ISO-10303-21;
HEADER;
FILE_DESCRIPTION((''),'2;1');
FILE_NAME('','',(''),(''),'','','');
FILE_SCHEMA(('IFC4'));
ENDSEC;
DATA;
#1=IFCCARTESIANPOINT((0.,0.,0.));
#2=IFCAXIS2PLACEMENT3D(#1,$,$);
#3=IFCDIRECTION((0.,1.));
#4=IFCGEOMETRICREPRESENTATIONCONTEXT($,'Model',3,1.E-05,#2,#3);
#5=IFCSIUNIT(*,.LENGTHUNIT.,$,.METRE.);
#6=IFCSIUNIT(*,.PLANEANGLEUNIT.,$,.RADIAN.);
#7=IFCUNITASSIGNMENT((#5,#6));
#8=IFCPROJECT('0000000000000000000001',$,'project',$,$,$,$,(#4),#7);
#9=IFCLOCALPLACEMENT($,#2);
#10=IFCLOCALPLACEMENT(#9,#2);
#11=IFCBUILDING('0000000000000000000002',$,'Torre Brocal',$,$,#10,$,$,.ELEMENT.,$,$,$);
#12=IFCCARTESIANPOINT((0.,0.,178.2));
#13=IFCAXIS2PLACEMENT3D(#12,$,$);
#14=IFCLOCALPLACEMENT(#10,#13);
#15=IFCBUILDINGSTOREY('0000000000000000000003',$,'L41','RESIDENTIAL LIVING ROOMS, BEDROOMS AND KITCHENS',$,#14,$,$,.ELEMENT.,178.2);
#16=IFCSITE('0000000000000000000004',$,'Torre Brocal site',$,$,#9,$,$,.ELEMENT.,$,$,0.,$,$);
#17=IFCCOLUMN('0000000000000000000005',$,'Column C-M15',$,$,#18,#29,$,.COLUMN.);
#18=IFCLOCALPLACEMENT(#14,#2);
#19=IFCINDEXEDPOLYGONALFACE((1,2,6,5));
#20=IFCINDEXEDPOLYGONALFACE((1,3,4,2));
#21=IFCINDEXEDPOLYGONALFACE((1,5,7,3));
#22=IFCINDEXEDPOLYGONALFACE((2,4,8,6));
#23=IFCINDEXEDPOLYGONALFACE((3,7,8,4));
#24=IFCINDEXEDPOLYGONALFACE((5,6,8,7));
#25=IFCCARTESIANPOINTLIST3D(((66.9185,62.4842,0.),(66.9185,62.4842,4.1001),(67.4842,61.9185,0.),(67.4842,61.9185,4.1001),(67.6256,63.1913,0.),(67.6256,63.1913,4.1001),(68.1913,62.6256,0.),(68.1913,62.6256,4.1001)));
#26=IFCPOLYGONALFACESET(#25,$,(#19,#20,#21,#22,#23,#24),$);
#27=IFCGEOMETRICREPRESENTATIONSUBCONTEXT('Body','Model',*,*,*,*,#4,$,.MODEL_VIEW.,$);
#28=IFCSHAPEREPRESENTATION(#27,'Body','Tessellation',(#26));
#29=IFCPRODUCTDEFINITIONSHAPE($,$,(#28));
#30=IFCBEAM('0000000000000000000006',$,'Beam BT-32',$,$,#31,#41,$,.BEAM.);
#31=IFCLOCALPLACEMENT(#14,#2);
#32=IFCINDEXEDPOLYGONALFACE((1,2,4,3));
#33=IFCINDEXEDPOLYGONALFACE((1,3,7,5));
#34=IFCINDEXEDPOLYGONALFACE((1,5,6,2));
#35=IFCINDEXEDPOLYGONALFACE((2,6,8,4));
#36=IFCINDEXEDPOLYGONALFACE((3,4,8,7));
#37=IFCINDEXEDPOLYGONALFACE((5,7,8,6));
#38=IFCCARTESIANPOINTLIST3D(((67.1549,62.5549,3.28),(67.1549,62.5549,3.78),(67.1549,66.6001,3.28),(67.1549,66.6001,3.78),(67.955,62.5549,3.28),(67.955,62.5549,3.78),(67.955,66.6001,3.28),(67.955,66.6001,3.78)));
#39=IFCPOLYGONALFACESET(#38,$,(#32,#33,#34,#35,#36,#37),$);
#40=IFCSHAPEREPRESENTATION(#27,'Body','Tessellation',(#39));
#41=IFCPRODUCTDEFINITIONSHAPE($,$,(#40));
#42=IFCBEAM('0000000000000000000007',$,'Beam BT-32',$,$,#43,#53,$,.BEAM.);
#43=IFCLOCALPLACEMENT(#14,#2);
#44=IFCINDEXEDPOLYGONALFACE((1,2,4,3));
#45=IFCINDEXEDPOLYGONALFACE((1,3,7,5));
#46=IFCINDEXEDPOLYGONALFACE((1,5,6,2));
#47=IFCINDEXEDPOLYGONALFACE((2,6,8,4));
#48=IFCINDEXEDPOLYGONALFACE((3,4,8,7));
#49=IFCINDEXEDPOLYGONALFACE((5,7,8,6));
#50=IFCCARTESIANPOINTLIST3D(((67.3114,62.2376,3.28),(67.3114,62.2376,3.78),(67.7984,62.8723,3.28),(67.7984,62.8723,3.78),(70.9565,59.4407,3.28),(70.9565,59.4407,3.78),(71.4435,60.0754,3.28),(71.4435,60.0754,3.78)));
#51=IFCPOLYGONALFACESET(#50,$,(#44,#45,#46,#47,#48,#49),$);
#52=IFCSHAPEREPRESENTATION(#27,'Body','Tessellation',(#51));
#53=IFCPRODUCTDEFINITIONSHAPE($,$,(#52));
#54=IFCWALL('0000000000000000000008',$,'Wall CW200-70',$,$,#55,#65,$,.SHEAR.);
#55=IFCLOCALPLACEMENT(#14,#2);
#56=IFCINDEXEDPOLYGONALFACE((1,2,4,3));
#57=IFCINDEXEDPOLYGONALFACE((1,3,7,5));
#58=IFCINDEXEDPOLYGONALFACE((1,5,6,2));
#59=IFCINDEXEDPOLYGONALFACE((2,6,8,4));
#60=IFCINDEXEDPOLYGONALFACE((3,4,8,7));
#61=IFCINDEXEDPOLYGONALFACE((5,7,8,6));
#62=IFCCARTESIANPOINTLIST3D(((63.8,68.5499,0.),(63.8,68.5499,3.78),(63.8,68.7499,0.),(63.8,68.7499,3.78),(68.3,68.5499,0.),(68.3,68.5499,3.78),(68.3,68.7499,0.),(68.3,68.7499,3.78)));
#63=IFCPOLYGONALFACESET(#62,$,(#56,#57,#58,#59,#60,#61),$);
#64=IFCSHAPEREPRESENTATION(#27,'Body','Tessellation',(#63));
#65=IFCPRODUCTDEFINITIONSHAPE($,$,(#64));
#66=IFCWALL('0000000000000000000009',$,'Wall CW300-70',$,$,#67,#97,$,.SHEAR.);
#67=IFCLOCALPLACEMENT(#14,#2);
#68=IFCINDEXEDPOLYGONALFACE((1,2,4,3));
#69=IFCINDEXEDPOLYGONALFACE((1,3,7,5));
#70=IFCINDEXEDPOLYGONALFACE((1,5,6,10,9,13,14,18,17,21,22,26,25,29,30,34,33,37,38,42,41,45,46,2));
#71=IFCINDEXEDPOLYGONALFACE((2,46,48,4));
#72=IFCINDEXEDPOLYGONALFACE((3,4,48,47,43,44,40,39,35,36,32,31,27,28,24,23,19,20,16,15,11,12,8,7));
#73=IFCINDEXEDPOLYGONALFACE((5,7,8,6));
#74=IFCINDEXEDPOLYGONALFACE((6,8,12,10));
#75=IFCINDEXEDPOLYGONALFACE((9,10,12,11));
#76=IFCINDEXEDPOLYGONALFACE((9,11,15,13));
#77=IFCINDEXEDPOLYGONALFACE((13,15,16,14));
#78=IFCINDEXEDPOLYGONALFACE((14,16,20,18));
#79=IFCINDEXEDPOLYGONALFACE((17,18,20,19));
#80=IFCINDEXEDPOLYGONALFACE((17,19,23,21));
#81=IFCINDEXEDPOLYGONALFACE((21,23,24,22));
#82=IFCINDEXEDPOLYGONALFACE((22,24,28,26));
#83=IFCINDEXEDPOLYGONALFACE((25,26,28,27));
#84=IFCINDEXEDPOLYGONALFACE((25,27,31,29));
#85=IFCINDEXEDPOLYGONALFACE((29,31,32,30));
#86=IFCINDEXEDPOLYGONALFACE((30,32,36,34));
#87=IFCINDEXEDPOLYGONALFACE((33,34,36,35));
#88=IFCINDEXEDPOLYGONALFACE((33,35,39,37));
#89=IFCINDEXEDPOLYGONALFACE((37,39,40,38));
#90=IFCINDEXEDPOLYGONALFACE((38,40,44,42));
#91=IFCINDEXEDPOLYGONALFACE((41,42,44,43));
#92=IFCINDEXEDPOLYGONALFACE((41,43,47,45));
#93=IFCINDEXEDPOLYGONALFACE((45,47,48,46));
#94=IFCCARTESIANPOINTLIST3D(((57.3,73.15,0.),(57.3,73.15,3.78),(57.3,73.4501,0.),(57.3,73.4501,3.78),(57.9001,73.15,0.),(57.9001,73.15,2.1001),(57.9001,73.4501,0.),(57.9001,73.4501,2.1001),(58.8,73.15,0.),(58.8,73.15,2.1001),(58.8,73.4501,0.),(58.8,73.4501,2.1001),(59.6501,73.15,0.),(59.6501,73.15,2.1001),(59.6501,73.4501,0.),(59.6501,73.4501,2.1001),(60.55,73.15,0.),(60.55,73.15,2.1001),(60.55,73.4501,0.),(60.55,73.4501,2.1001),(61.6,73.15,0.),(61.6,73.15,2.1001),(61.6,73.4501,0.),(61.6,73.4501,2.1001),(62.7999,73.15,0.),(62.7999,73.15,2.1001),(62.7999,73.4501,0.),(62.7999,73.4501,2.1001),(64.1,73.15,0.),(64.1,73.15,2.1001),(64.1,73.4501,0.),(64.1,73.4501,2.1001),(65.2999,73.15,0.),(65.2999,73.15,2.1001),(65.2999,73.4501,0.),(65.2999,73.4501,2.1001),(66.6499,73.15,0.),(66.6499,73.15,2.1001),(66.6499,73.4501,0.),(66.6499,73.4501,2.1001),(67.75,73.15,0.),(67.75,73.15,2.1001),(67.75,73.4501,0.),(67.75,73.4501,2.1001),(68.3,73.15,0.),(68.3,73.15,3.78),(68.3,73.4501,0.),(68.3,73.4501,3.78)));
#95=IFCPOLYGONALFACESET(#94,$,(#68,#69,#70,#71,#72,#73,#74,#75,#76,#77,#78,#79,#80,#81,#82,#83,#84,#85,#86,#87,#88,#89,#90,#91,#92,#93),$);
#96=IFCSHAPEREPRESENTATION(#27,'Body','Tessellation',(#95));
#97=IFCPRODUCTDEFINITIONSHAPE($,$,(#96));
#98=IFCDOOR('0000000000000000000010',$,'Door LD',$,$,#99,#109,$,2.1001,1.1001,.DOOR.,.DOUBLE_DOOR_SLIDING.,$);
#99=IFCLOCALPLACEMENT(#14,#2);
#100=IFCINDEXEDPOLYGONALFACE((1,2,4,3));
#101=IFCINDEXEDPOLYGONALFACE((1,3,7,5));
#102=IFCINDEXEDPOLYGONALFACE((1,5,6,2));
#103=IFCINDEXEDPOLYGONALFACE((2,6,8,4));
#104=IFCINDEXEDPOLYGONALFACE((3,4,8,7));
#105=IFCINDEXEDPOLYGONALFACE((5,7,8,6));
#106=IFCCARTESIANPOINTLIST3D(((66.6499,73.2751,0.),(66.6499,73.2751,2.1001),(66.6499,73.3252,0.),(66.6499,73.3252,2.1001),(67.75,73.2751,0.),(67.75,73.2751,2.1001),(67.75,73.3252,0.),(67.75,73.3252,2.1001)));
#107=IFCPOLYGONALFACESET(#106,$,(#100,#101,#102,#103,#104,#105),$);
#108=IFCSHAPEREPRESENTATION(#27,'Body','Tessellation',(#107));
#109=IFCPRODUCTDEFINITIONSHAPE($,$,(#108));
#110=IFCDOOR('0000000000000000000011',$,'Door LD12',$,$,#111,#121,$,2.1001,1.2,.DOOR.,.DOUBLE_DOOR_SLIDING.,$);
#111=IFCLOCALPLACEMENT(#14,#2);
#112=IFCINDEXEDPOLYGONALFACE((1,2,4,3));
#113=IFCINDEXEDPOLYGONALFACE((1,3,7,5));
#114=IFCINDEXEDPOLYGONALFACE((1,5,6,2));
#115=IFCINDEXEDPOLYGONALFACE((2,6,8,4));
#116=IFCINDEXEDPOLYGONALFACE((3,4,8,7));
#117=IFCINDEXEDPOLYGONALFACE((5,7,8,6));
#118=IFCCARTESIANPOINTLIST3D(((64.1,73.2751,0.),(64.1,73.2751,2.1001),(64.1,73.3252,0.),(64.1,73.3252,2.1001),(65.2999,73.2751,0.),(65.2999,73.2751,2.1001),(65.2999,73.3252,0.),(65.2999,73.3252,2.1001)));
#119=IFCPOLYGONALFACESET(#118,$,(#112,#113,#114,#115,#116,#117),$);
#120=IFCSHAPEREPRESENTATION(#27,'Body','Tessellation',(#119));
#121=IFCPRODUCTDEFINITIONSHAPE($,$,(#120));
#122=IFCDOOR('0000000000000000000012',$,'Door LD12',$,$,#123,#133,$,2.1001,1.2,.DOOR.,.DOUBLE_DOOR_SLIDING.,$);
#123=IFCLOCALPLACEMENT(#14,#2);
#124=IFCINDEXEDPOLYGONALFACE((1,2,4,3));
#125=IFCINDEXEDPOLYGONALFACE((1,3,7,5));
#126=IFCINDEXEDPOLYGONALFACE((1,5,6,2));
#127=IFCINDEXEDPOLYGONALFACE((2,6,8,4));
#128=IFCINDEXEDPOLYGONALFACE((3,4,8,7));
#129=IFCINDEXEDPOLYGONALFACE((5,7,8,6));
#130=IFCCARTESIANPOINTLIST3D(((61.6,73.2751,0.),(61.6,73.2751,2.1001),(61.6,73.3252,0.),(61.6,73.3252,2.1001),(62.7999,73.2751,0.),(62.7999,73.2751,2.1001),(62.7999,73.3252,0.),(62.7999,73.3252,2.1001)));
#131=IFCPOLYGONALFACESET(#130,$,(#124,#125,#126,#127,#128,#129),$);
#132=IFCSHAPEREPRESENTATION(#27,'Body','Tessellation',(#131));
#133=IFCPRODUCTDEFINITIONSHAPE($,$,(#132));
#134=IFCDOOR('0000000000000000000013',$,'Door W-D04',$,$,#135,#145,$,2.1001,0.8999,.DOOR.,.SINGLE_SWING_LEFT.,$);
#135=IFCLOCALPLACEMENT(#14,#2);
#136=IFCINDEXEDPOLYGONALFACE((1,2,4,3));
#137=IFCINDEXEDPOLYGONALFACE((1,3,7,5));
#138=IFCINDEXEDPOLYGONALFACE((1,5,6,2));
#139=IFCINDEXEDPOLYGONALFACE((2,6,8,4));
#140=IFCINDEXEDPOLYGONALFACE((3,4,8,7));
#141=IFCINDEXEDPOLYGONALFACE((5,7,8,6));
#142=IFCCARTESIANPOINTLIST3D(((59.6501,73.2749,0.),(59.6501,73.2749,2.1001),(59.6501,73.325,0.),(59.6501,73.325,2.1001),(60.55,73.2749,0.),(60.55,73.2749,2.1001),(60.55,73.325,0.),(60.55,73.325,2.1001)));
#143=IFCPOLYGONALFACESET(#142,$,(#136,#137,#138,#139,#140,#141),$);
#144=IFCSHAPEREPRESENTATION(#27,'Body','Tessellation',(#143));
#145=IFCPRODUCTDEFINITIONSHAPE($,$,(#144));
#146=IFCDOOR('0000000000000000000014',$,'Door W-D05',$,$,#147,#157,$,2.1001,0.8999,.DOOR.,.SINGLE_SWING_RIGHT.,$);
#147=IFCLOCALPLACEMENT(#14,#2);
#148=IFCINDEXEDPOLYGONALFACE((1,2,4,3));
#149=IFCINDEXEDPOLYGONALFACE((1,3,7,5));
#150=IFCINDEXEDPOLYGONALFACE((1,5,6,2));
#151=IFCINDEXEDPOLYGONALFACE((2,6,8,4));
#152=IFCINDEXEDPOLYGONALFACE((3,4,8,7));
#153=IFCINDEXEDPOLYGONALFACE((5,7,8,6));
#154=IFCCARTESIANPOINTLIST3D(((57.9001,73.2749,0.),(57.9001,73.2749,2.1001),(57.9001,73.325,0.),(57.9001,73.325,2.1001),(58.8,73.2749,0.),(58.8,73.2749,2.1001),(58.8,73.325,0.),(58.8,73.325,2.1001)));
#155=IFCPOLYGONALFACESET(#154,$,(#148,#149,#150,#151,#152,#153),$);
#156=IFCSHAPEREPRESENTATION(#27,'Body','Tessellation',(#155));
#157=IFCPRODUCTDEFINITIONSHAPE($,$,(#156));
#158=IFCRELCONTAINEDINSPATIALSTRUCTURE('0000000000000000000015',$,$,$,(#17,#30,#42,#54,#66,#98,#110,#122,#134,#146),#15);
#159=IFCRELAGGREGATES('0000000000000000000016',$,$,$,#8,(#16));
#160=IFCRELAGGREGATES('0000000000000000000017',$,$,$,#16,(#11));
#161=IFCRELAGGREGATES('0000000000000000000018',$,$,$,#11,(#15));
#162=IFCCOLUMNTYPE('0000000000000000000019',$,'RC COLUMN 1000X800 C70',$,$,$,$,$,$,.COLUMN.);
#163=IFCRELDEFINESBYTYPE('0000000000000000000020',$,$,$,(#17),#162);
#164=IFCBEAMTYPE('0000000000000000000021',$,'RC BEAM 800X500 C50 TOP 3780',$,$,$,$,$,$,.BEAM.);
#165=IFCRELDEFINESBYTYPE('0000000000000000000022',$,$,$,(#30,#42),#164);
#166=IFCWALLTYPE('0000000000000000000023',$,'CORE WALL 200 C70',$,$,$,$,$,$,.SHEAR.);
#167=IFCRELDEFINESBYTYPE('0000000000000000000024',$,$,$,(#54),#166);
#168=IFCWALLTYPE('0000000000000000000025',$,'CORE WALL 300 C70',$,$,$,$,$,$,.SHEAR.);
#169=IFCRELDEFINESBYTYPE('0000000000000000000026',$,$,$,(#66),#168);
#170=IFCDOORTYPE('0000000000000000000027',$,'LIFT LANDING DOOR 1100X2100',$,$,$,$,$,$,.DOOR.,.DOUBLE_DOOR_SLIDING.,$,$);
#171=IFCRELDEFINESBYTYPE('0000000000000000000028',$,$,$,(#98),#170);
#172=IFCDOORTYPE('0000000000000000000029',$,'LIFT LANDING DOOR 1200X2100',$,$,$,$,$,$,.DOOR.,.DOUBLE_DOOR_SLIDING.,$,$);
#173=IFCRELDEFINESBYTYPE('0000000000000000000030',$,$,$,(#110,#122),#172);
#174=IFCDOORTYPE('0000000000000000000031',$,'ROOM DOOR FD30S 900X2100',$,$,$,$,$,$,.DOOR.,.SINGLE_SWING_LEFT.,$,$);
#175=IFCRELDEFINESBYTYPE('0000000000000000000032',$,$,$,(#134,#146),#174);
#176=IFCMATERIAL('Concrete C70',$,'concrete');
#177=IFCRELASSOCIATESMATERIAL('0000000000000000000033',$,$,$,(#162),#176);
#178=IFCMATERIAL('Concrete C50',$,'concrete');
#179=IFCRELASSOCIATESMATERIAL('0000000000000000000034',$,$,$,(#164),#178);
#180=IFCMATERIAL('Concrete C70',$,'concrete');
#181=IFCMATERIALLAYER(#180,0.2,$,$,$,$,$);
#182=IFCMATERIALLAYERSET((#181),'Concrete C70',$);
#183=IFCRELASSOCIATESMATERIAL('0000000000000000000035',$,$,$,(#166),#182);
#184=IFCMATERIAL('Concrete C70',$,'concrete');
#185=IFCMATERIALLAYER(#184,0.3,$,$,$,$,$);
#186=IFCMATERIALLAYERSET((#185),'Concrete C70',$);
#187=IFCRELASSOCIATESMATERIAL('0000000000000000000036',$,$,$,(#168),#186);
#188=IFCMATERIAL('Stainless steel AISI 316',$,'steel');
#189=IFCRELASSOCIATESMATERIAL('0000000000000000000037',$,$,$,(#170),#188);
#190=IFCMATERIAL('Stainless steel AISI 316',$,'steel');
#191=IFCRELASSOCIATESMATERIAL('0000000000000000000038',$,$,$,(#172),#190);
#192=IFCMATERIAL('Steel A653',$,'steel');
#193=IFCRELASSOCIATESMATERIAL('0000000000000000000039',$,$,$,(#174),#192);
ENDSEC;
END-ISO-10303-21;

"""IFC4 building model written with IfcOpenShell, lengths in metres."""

from ifc_helpers import new_model, si_unit, direction, frame, frame_2d, origin, origin_2d, place, context, subcontext, project, spatial, rectangle, extrude, material, layer, layer_set, material_profile, profile_set, type_object, element, fill, save


model = new_model("IFC4")

# Units and contexts
model_context = context("Model", 3, precision=1e-05, world=origin(), true_north=direction((0.0, 1.0)))
body_context = subcontext(model_context, "Body", "Model", "MODEL_VIEW")
ifc_project = project(units=[si_unit("LENGTHUNIT", "METRE"), si_unit("PLANEANGLEUNIT", "RADIAN")], contexts=[model_context])

# Site, building, storey
site_placement = place(None, origin())
site = spatial("IfcSite", under=ifc_project, at=site_placement, Name="Torre Brocal site", CompositionType="ELEMENT", RefElevation=0.0)
building_placement = place(site_placement, origin())
building = spatial("IfcBuilding", under=site, at=building_placement, Name="Torre Brocal", CompositionType="ELEMENT")
storey_placement = place(building_placement, frame((0.0, 0.0, 178.2)))
storey = spatial("IfcBuildingStorey", under=building, at=storey_placement, Name="L41", Description="RESIDENTIAL LIVING ROOMS, BEDROOMS AND KITCHENS", CompositionType="ELEMENT", Elevation=178.2)

# Column
ifc_material_1 = material(Name="Concrete C70", Category="concrete")
ifc_material_profile_1 = material_profile(ifc_material_1, rectangle(XDim=1.0, YDim=0.8, at=origin_2d()), Name="RC 1000X800")
ifc_profile_set_1 = profile_set([ifc_material_profile_1], Name="Concrete C70")
column_type = type_object("IfcColumnType", Name="RC COLUMN 1000X800 C70", PredefinedType="COLUMN", material=ifc_profile_set_1)
column_placement = place(storey_placement, frame((67.5549, 62.5549, 0.0), z_axis=(0.0, 0.0, 1.0), x_axis=(-0.707107, -0.707107, 0.0)))
element("IfcColumn", 1, at=column_placement, inside=storey, type_object=column_type, Name="Column C-M15", PredefinedType="COLUMN", context=body_context, shape_type="SweptSolid", body=[
    extrude(rectangle(XDim=1.0, YDim=0.8, at=origin_2d()), origin(), (0.0, 0.0, 1.0), 4.1001),
])

# Beams
ifc_material_2 = material(Name="Concrete C50", Category="concrete")
ifc_material_profile_2 = material_profile(ifc_material_2, rectangle(XDim=0.8, YDim=0.5, at=origin_2d()), Name="RC 800X500")
ifc_profile_set_2 = profile_set([ifc_material_profile_2], Name="Concrete C50")
beam_type = type_object("IfcBeamType", Name="RC BEAM 800X500 C50 TOP 3780", PredefinedType="BEAM", material=ifc_profile_set_2)
beam_1_placement = place(storey_placement, frame((67.5549, 62.5549, 3.53), z_axis=(0.0, 1.0, 0.0), x_axis=(-1.0, 0.0, 0.0)))
element("IfcBeam", 2, at=beam_1_placement, inside=storey, type_object=beam_type, Name="Beam BT-32", PredefinedType="BEAM", context=body_context, shape_type="SweptSolid", body=[
    extrude(rectangle(XDim=0.8, YDim=0.5, at=origin_2d()), origin(), (0.0, 0.0, 1.0), 4.0452),
])
beam_2_placement = place(storey_placement, frame((67.5549, 62.5549, 3.53), z_axis=(0.793358, -0.608755, 0.0), x_axis=(0.608755, 0.793358, 0.0)))
element("IfcBeam", 3, at=beam_2_placement, inside=storey, type_object=beam_type, Name="Beam BT-32", PredefinedType="BEAM", context=body_context, shape_type="SweptSolid", body=[
    extrude(rectangle(XDim=0.8, YDim=0.5, at=origin_2d()), origin(), (0.0, 0.0, 1.0), 4.5945),
])

# Wall
ifc_material_3 = material(Name="Concrete C70", Category="concrete")
ifc_layer_1 = layer(ifc_material_3, 0.2)
ifc_layer_set_1 = layer_set([ifc_layer_1], Name="Concrete C70")
wall_type_1 = type_object("IfcWallType", Name="CORE WALL 200 C70", PredefinedType="SHEAR", material=ifc_layer_set_1)
wall_1_placement = place(storey_placement, frame((68.3, 68.6499, 0.0), z_axis=(0.0, 0.0, 1.0), x_axis=(-1.0, 0.0, 0.0)))
element("IfcWall", 4, at=wall_1_placement, inside=storey, type_object=wall_type_1, Name="Wall CW200-70", PredefinedType="SHEAR", context=body_context, shape_type="SweptSolid", body=[
    extrude(rectangle(XDim=4.5, YDim=0.2, at=frame_2d((2.25, 0.0))), origin(), (0.0, 0.0, 1.0), 3.78),
])

# Wall, openings, doors
ifc_material_4 = material(Name="Concrete C70", Category="concrete")
ifc_layer_2 = layer(ifc_material_4, 0.3)
ifc_layer_set_2 = layer_set([ifc_layer_2], Name="Concrete C70")
wall_type_2 = type_object("IfcWallType", Name="CORE WALL 300 C70", PredefinedType="SHEAR", material=ifc_layer_set_2)
wall_2_placement = place(storey_placement, frame((68.3, 73.3, 0.0), z_axis=(0.0, 0.0, 1.0), x_axis=(-1.0, 0.0, 0.0)))
wall_2 = element("IfcWall", 5, at=wall_2_placement, inside=storey, type_object=wall_type_2, Name="Wall CW300-70", PredefinedType="SHEAR", context=body_context, shape_type="SweptSolid", body=[
    extrude(rectangle(XDim=11.0, YDim=0.3, at=frame_2d((5.5, 0.0))), origin(), (0.0, 0.0, 1.0), 3.78),
])
opening_1_placement = place(wall_2_placement, frame((0.55, 0.0, 0.0)))
opening_1 = element("IfcOpeningElement", 6, at=opening_1_placement, cuts=wall_2, PredefinedType="OPENING", context=body_context, shape_type="SweptSolid", body=[
    extrude(rectangle(XDim=1.1001, YDim=2.1001, at=frame_2d((0.55, 1.05))), frame((0.0, 0.1599, 0.0), z_axis=(0.0, -1.0, 0.0), x_axis=(1.0, 0.0, 0.0)), (0.0, 0.0, 1.0), 0.3201),
])
opening_2_placement = place(wall_2_placement, frame((3.0, 0.0, 0.0)))
opening_2 = element("IfcOpeningElement", 7, at=opening_2_placement, cuts=wall_2, PredefinedType="OPENING", context=body_context, shape_type="SweptSolid", body=[
    extrude(rectangle(XDim=1.2, YDim=2.1001, at=frame_2d((0.6001, 1.05))), frame((0.0, 0.1599, 0.0), z_axis=(0.0, -1.0, 0.0), x_axis=(1.0, 0.0, 0.0)), (0.0, 0.0, 1.0), 0.3201),
])
opening_3_placement = place(wall_2_placement, frame((5.5, 0.0, 0.0)))
opening_3 = element("IfcOpeningElement", 8, at=opening_3_placement, cuts=wall_2, PredefinedType="OPENING", context=body_context, shape_type="SweptSolid", body=[
    extrude(rectangle(XDim=1.2, YDim=2.1001, at=frame_2d((0.6001, 1.05))), frame((0.0, 0.1599, 0.0), z_axis=(0.0, -1.0, 0.0), x_axis=(1.0, 0.0, 0.0)), (0.0, 0.0, 1.0), 0.3201),
])
opening_4_placement = place(wall_2_placement, frame((7.75, 0.0, 0.0)))
opening_4 = element("IfcOpeningElement", 9, at=opening_4_placement, cuts=wall_2, PredefinedType="OPENING", context=body_context, shape_type="SweptSolid", body=[
    extrude(rectangle(XDim=0.8999, YDim=2.1001, at=frame_2d((0.45, 1.05))), frame((0.0, 0.1599, 0.0), z_axis=(0.0, -1.0, 0.0), x_axis=(1.0, 0.0, 0.0)), (0.0, 0.0, 1.0), 0.3201),
])
opening_5_placement = place(wall_2_placement, frame((9.5, 0.0, 0.0)))
opening_5 = element("IfcOpeningElement", 10, at=opening_5_placement, cuts=wall_2, PredefinedType="OPENING", context=body_context, shape_type="SweptSolid", body=[
    extrude(rectangle(XDim=0.8999, YDim=2.1001, at=frame_2d((0.45, 1.05))), frame((0.0, 0.1599, 0.0), z_axis=(0.0, -1.0, 0.0), x_axis=(1.0, 0.0, 0.0)), (0.0, 0.0, 1.0), 0.3201),
])
ifc_material_5 = material(Name="Stainless steel AISI 316", Category="steel")
door_type_1 = type_object("IfcDoorType", Name="LIFT LANDING DOOR 1100X2100", OperationType="DOUBLE_DOOR_SLIDING", PredefinedType="DOOR", material=ifc_material_5)
door_1_placement = place(opening_1_placement, origin())
door_1 = element("IfcDoor", 11, at=door_1_placement, inside=storey, type_object=door_type_1, Name="Door LD", OperationType="DOUBLE_DOOR_SLIDING", OverallHeight=2.1001, OverallWidth=1.1001, PredefinedType="DOOR", context=body_context, shape_type="SweptSolid", body=[
    extrude(rectangle(XDim=1.1001, YDim=2.1001, at=frame_2d((0.55, 1.05))), frame((0.0, 0.0249, 0.0), z_axis=(0.0, -1.0, 0.0), x_axis=(1.0, 0.0, 0.0)), (0.0, 0.0, 1.0), 0.05),
])
fill(opening_1, door_1)
ifc_material_6 = material(Name="Stainless steel AISI 316", Category="steel")
door_type_2 = type_object("IfcDoorType", Name="LIFT LANDING DOOR 1200X2100", OperationType="DOUBLE_DOOR_SLIDING", PredefinedType="DOOR", material=ifc_material_6)
door_2_placement = place(opening_2_placement, origin())
door_2 = element("IfcDoor", 12, at=door_2_placement, inside=storey, type_object=door_type_2, Name="Door LD12", OperationType="DOUBLE_DOOR_SLIDING", OverallHeight=2.1001, OverallWidth=1.2, PredefinedType="DOOR", context=body_context, shape_type="SweptSolid", body=[
    extrude(rectangle(XDim=1.2, YDim=2.1001, at=frame_2d((0.6001, 1.05))), frame((0.0, 0.0249, 0.0), z_axis=(0.0, -1.0, 0.0), x_axis=(1.0, 0.0, 0.0)), (0.0, 0.0, 1.0), 0.05),
])
fill(opening_2, door_2)
door_3_placement = place(opening_3_placement, origin())
door_3 = element("IfcDoor", 13, at=door_3_placement, inside=storey, type_object=door_type_2, Name="Door LD12", OperationType="DOUBLE_DOOR_SLIDING", OverallHeight=2.1001, OverallWidth=1.2, PredefinedType="DOOR", context=body_context, shape_type="SweptSolid", body=[
    extrude(rectangle(XDim=1.2, YDim=2.1001, at=frame_2d((0.6001, 1.05))), frame((0.0, 0.0249, 0.0), z_axis=(0.0, -1.0, 0.0), x_axis=(1.0, 0.0, 0.0)), (0.0, 0.0, 1.0), 0.05),
])
fill(opening_3, door_3)
ifc_material_7 = material(Name="Steel A653", Category="steel")
door_type_3 = type_object("IfcDoorType", Name="ROOM DOOR FD30S 900X2100", OperationType="SINGLE_SWING_LEFT", PredefinedType="DOOR", material=ifc_material_7)
door_4_placement = place(opening_4_placement, frame((0.8999, 0.0, 0.0), z_axis=(0.0, 0.0, 1.0), x_axis=(-1.0, 0.0, 0.0)))
door_4 = element("IfcDoor", 14, at=door_4_placement, inside=storey, type_object=door_type_3, Name="Door W-D04", OperationType="SINGLE_SWING_LEFT", OverallHeight=2.1001, OverallWidth=0.8999, PredefinedType="DOOR", context=body_context, shape_type="SweptSolid", body=[
    extrude(rectangle(XDim=0.8999, YDim=2.1001, at=frame_2d((0.45, 1.05))), frame((0.0, 0.0249, 0.0), z_axis=(0.0, -1.0, 0.0), x_axis=(1.0, 0.0, 0.0)), (0.0, 0.0, 1.0), 0.05),
])
fill(opening_4, door_4)
door_5_placement = place(opening_5_placement, frame((0.8999, 0.0, 0.0), z_axis=(0.0, 0.0, 1.0), x_axis=(-1.0, 0.0, 0.0)))
door_5 = element("IfcDoor", 15, at=door_5_placement, inside=storey, type_object=door_type_3, Name="Door W-D05", OperationType="SINGLE_SWING_RIGHT", OverallHeight=2.1001, OverallWidth=0.8999, PredefinedType="DOOR", context=body_context, shape_type="SweptSolid", body=[
    extrude(rectangle(XDim=0.8999, YDim=2.1001, at=frame_2d((0.45, 1.05))), frame((0.0, 0.0249, 0.0), z_axis=(0.0, -1.0, 0.0), x_axis=(1.0, 0.0, 0.0)), (0.0, 0.0, 1.0), 0.05),
])
fill(opening_5, door_5)

save(model, "model.ifc")
